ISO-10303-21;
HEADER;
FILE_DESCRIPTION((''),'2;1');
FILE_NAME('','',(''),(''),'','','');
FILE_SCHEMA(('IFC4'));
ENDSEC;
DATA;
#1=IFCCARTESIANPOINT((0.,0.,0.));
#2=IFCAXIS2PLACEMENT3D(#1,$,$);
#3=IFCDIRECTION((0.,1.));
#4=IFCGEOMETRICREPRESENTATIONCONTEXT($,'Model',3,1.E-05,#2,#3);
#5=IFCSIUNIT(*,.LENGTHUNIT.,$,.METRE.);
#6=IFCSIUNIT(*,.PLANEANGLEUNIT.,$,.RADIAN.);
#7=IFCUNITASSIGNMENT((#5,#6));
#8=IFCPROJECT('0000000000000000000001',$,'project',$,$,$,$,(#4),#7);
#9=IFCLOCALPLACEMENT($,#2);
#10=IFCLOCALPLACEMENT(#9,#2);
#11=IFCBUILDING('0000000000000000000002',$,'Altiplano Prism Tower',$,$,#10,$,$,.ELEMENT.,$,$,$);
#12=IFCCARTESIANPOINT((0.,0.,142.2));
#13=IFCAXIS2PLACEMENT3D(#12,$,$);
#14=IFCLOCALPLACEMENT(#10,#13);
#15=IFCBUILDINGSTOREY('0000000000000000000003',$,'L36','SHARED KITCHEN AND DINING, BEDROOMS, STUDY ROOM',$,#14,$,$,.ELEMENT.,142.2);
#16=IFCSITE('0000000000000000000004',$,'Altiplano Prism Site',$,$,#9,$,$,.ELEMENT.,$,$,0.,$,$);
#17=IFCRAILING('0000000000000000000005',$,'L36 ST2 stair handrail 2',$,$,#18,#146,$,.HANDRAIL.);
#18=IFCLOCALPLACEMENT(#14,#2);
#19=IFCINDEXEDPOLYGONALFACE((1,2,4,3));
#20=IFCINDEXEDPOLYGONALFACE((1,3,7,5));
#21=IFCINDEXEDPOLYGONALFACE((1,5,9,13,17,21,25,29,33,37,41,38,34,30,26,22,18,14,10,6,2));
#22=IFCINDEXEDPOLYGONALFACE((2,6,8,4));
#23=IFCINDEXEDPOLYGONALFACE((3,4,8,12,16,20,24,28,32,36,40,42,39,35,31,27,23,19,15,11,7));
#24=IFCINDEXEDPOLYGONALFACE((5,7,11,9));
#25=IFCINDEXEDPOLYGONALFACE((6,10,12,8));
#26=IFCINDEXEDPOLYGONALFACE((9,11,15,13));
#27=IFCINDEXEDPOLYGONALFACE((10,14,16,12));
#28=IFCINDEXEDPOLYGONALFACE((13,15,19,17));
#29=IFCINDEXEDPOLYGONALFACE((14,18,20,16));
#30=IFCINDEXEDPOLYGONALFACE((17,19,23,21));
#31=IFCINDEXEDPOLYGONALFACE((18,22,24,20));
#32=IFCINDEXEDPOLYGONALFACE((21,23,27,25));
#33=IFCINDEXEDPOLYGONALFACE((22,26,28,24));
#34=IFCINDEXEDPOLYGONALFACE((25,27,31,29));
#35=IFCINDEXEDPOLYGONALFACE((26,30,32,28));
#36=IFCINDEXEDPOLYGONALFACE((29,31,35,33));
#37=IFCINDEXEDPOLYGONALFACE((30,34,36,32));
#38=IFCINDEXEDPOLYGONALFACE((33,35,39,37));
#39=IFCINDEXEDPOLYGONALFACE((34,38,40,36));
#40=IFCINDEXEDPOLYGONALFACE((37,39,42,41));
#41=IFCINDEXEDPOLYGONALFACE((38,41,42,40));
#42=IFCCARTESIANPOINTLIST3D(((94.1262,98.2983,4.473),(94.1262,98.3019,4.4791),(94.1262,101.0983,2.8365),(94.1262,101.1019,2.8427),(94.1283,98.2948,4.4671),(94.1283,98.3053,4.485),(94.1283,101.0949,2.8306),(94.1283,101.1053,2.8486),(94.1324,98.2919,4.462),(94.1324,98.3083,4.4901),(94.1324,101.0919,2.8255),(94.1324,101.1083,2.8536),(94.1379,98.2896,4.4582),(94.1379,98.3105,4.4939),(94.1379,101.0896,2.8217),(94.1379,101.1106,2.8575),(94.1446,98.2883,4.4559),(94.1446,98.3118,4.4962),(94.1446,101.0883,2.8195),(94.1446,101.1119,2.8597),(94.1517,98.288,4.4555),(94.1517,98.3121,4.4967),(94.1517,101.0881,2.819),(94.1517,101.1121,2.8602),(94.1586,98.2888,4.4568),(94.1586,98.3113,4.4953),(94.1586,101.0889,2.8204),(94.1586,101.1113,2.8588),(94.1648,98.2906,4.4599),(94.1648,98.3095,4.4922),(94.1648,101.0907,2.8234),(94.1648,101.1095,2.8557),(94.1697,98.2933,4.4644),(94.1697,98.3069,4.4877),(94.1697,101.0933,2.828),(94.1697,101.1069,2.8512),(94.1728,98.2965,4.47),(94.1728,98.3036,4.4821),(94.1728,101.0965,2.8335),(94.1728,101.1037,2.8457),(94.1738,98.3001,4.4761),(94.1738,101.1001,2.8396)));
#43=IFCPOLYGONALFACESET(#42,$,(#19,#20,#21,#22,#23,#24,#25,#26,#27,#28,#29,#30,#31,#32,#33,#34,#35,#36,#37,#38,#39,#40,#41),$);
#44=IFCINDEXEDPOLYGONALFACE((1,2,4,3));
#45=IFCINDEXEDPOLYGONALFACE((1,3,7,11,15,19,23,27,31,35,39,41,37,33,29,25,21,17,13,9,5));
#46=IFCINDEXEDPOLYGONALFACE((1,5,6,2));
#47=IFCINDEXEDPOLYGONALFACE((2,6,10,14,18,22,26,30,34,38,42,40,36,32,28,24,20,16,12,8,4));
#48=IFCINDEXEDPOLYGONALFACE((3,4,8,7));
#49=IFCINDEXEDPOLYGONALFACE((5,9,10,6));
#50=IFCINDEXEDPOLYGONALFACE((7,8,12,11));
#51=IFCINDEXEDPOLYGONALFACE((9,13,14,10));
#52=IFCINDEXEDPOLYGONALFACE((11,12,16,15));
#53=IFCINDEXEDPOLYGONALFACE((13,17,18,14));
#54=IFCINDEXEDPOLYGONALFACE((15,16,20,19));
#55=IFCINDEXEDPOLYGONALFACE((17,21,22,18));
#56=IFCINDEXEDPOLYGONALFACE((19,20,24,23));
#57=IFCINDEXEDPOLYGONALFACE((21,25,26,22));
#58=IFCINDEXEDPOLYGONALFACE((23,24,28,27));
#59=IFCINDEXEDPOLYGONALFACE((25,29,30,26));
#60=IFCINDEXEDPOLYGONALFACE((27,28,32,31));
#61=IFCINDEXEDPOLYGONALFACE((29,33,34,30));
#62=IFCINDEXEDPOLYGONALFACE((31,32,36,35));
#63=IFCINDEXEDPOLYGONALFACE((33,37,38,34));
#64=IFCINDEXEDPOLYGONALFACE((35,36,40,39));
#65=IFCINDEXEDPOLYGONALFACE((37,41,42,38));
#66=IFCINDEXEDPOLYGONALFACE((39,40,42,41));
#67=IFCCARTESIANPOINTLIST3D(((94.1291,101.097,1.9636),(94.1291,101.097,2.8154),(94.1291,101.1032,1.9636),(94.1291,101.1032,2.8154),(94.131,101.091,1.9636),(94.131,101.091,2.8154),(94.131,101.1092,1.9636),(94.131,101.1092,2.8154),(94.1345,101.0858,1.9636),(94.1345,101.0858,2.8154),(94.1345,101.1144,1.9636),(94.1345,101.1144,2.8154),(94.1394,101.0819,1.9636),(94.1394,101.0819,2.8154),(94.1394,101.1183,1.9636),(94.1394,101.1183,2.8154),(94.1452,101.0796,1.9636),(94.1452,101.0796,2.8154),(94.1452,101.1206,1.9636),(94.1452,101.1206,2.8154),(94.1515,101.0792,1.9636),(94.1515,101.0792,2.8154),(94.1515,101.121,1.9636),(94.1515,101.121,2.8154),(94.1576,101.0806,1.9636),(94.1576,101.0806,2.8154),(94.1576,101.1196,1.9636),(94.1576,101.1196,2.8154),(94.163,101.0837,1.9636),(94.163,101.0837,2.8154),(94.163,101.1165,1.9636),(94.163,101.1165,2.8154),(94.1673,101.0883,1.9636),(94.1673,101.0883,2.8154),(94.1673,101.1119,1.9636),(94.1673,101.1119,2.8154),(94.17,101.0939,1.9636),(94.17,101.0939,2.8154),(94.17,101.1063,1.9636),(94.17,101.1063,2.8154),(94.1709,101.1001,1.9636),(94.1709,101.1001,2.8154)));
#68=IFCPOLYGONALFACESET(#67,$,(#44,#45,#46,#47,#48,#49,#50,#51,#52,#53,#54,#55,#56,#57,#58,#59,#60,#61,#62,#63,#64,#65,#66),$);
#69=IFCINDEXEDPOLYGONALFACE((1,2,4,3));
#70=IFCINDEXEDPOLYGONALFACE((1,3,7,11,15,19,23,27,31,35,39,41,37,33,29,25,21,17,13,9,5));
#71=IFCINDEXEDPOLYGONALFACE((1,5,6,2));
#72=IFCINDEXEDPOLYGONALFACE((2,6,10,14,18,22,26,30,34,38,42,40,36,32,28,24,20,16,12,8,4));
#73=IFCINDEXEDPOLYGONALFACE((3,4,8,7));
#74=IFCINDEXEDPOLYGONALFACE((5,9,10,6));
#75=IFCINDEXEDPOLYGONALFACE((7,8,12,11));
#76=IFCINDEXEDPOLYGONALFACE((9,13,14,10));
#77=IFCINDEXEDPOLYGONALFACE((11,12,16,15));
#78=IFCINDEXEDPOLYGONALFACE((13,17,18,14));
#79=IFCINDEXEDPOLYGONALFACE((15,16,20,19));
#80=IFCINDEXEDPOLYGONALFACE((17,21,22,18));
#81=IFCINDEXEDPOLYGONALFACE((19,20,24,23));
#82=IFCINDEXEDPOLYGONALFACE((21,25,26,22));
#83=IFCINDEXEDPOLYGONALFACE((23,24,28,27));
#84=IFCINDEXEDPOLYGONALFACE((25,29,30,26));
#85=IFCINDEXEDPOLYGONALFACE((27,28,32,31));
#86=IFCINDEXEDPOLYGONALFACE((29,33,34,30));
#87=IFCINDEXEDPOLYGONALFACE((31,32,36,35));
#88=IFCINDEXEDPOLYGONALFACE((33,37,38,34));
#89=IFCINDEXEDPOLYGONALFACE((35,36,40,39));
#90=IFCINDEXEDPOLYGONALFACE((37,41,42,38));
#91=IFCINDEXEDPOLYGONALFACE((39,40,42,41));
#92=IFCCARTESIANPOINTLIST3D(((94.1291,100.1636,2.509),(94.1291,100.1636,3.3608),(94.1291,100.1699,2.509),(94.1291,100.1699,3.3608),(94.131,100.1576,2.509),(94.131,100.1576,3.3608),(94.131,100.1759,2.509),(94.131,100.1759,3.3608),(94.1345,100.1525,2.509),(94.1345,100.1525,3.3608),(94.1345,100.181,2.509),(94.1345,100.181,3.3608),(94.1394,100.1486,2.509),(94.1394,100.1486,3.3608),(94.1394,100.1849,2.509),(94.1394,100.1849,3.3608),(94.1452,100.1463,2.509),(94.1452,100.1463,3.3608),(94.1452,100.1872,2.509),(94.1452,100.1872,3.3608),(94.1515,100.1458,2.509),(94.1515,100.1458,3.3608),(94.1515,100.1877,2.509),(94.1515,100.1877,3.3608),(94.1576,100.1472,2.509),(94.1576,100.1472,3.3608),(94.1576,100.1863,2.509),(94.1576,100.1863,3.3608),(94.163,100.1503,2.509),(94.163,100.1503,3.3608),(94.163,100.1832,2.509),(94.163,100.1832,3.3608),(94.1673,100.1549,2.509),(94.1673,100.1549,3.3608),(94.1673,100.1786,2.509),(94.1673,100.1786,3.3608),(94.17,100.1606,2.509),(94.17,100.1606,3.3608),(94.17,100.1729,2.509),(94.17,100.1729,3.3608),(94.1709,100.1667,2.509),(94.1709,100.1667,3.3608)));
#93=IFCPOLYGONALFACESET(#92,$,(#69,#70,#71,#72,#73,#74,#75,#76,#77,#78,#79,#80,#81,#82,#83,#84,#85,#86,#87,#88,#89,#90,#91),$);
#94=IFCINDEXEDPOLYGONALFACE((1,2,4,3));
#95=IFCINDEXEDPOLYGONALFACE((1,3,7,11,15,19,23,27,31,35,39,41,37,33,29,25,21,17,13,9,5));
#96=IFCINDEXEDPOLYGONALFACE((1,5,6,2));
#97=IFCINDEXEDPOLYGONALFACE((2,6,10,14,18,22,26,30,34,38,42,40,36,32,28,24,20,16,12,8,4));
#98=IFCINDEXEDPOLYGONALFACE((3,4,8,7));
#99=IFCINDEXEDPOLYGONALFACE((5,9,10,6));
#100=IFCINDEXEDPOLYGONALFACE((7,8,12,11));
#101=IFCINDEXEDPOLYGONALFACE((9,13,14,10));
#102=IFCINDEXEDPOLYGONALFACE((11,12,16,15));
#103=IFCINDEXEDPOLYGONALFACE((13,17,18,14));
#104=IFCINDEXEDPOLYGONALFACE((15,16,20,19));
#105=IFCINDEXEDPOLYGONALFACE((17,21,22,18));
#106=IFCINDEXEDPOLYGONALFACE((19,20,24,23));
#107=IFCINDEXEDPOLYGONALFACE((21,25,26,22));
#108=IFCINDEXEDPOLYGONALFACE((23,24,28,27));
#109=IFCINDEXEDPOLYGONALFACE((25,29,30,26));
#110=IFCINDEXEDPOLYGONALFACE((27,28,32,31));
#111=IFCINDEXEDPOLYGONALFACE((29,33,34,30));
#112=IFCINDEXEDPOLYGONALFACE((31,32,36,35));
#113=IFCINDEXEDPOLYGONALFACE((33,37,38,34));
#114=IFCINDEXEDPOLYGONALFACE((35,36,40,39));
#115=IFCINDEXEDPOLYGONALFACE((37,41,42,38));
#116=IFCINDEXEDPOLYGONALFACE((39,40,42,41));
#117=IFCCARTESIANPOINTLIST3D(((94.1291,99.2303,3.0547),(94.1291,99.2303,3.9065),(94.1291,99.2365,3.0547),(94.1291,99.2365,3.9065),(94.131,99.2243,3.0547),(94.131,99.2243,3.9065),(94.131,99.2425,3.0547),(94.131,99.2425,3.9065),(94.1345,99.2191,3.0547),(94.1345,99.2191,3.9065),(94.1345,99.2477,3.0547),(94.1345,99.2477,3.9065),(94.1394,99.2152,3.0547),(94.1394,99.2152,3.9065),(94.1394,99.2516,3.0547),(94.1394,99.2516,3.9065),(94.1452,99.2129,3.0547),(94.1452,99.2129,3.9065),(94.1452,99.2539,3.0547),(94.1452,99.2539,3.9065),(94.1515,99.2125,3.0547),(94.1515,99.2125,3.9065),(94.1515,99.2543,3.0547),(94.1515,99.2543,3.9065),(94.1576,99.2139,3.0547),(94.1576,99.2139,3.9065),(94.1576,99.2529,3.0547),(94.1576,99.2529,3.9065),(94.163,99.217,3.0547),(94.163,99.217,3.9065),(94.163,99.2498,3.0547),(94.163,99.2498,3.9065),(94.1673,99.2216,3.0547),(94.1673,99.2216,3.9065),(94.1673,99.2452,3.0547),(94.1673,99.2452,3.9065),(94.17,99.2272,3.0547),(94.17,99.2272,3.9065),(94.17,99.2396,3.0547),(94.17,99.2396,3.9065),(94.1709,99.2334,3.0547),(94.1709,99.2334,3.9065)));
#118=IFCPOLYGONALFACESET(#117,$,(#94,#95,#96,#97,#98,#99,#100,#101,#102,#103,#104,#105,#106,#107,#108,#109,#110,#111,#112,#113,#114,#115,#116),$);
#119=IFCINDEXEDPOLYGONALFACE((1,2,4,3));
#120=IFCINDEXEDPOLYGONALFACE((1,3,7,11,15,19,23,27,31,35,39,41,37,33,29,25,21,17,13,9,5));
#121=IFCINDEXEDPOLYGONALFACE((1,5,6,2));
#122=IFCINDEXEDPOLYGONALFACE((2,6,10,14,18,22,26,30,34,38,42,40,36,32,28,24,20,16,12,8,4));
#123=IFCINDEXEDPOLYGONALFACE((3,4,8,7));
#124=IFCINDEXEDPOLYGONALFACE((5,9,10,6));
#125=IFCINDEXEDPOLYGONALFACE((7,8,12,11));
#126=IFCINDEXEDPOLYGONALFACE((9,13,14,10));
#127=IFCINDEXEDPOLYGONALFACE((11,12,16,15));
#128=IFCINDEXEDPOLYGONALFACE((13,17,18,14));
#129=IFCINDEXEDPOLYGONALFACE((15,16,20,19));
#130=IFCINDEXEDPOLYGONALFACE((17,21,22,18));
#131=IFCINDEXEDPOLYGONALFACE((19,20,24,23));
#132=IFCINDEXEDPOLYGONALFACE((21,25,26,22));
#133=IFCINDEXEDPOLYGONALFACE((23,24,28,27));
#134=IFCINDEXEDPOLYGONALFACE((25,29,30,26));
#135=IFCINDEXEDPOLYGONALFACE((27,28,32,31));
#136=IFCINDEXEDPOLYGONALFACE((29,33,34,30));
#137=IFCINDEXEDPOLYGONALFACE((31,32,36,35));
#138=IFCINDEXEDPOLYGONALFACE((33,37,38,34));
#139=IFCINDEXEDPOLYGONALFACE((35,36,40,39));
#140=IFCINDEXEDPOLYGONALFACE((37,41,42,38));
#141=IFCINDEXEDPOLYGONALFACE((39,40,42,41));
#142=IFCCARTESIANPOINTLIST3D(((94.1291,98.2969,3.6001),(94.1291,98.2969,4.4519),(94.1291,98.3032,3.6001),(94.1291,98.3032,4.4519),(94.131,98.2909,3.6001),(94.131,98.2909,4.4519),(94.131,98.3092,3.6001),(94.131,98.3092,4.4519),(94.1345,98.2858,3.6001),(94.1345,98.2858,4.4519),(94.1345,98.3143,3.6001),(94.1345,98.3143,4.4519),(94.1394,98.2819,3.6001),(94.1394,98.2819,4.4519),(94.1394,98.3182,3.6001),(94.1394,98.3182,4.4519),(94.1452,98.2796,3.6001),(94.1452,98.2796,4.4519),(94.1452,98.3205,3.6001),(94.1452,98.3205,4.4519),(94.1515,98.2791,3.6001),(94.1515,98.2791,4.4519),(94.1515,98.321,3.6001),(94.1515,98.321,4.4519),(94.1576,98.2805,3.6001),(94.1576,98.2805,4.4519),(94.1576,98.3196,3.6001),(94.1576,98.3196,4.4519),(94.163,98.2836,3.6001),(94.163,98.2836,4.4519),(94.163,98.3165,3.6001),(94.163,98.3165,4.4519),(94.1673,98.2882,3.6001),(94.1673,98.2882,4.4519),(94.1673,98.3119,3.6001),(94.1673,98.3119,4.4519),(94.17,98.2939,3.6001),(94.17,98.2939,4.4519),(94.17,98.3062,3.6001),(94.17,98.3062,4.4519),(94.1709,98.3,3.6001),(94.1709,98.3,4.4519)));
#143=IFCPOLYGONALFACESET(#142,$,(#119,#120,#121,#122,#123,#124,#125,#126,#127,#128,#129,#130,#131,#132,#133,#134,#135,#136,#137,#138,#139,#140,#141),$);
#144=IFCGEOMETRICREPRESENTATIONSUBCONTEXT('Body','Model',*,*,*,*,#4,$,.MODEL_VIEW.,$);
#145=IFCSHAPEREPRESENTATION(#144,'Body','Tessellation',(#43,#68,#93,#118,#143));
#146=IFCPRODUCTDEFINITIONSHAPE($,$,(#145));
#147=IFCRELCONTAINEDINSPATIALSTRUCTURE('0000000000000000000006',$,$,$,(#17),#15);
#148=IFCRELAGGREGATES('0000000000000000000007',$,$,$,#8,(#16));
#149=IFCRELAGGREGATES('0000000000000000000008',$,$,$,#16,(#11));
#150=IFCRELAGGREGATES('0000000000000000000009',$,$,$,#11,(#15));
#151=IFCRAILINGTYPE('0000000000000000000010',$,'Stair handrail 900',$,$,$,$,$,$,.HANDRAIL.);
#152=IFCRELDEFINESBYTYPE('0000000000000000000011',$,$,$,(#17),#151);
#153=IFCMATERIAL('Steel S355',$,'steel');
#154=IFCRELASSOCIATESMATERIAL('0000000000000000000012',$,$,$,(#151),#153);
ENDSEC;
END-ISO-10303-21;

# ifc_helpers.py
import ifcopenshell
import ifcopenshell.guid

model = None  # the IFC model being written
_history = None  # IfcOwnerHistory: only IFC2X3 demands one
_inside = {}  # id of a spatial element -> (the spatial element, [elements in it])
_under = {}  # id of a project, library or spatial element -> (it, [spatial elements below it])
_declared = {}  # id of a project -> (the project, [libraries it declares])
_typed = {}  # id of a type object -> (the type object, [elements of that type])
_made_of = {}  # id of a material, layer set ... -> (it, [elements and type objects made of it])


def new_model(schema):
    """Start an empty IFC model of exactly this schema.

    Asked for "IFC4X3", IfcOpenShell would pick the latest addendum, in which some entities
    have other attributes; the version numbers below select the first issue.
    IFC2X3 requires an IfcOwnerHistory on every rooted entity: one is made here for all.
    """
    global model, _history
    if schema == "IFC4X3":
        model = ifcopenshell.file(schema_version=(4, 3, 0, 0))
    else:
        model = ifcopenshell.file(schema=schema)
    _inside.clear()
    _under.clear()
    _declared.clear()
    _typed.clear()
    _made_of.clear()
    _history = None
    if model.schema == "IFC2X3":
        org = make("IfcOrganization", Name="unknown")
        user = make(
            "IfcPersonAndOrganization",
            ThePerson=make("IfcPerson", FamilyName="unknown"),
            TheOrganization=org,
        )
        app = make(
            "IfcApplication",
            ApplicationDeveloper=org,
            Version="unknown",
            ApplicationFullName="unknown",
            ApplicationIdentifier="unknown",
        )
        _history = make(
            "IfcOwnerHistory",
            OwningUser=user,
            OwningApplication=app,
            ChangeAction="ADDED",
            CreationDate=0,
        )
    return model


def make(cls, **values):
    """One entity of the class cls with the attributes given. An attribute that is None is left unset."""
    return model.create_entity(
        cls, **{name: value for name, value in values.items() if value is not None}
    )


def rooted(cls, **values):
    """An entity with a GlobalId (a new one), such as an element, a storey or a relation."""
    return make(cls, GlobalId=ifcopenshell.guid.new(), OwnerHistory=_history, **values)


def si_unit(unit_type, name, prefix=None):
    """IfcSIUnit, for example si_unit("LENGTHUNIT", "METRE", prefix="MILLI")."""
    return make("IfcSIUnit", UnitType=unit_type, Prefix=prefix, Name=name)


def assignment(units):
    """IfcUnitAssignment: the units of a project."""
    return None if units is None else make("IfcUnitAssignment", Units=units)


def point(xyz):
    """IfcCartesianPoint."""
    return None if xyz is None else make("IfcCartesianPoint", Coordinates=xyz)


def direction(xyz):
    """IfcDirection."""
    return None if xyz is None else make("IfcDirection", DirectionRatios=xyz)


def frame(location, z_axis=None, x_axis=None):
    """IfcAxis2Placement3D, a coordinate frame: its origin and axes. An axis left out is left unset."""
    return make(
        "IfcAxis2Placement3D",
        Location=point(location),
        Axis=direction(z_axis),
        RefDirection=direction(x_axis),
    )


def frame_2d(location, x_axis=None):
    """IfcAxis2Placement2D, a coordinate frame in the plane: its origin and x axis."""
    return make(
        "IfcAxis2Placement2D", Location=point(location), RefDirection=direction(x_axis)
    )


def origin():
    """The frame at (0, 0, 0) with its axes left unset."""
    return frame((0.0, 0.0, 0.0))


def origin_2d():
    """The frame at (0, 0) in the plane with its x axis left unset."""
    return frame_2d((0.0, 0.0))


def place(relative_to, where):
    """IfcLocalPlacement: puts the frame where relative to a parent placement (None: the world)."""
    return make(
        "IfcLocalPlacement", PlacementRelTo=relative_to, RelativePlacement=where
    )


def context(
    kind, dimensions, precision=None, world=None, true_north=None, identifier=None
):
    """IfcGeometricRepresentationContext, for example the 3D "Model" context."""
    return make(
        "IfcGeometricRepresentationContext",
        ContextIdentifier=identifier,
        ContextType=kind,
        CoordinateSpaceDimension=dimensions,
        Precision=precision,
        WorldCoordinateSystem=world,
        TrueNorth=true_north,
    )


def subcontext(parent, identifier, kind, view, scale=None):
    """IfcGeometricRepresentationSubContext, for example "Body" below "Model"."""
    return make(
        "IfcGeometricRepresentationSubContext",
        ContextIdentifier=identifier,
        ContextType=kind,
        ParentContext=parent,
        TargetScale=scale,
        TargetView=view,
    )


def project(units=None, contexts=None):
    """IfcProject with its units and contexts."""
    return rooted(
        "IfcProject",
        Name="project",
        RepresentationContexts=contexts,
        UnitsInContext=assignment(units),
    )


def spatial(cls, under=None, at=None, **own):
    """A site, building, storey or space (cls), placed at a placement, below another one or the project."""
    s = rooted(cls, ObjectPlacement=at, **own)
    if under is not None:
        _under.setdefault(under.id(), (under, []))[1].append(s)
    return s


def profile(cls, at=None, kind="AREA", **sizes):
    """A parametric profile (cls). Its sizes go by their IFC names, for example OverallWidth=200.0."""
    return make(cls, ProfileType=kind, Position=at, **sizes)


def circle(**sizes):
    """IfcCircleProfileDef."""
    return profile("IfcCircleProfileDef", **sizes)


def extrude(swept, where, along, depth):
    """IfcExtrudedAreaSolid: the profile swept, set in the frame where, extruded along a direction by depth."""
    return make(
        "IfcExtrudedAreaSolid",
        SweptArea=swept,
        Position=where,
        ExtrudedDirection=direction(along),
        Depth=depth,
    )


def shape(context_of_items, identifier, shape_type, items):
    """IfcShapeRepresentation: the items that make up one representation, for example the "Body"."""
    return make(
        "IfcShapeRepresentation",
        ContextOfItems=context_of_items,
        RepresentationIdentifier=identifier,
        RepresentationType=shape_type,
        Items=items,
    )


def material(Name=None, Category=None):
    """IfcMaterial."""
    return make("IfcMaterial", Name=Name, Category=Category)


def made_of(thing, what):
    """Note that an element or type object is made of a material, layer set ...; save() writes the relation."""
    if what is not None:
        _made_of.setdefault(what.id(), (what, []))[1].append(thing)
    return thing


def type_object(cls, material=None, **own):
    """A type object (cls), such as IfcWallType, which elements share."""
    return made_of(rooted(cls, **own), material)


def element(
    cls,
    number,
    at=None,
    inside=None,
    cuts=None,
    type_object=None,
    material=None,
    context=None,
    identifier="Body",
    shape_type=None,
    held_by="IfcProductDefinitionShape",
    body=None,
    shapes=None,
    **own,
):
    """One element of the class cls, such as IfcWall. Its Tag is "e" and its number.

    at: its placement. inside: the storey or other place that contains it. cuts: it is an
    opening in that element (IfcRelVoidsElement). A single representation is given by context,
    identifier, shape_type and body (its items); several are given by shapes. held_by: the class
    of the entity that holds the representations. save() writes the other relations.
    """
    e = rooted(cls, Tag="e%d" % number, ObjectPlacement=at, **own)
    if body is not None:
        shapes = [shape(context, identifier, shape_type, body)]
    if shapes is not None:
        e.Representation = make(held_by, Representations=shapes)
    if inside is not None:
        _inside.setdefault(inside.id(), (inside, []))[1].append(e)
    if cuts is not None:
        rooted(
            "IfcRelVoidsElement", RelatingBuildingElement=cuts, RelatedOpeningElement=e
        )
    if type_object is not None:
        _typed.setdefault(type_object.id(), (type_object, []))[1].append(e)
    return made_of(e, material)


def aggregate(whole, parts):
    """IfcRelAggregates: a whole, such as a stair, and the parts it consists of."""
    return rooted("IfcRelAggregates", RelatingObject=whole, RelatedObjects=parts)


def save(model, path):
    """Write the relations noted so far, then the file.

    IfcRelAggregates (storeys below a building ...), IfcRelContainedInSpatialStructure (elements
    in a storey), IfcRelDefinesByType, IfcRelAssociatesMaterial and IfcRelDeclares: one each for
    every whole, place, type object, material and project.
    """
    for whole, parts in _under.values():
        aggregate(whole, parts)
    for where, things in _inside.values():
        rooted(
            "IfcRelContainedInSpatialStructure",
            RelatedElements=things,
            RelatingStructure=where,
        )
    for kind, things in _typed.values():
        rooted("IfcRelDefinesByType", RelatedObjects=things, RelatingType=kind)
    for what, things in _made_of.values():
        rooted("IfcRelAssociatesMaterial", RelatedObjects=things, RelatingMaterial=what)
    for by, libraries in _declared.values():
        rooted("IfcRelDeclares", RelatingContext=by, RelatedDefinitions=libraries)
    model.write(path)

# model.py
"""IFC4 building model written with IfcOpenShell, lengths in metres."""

from ifc_helpers import new_model, si_unit, direction, frame, origin, origin_2d, place, context, subcontext, project, spatial, circle, extrude, material, type_object, element, save


model = new_model("IFC4")

# Units and contexts
model_context = context("Model", 3, precision=1e-05, world=origin(), true_north=direction((0.0, 1.0)))
body_context = subcontext(model_context, "Body", "Model", "MODEL_VIEW")
ifc_project = project(units=[si_unit("LENGTHUNIT", "METRE"), si_unit("PLANEANGLEUNIT", "RADIAN")], contexts=[model_context])

# Site, building, storey
site_placement = place(None, origin())
site = spatial("IfcSite", under=ifc_project, at=site_placement, Name="Altiplano Prism Site", CompositionType="ELEMENT", RefElevation=0.0)
building_placement = place(site_placement, origin())
building = spatial("IfcBuilding", under=site, at=building_placement, Name="Altiplano Prism Tower", CompositionType="ELEMENT")
storey_placement = place(building_placement, frame((0.0, 0.0, 142.2)))
storey = spatial("IfcBuildingStorey", under=building, at=storey_placement, Name="L36", Description="SHARED KITCHEN AND DINING, BEDROOMS, STUDY ROOM", CompositionType="ELEMENT", Elevation=142.2)

# Railing
ifc_material_1 = material(Name="Steel S355", Category="steel")
railing_type_1 = type_object("IfcRailingType", Name="Stair handrail 900", PredefinedType="HANDRAIL", material=ifc_material_1)
railing_1_placement = place(storey_placement, frame((94.1499, 101.1001, 1.9636)))
element("IfcRailing", 1, at=railing_1_placement, inside=storey, type_object=railing_type_1, Name="L36 ST2 stair handrail 2", PredefinedType="HANDRAIL", context=body_context, shape_type="SweptSolid", body=[
    extrude(circle(Radius=0.0239, at=origin_2d()), frame((0.0, 0.0, 0.876), z_axis=(0.0, -0.863361, 0.504587), x_axis=(1.0, 0.0, 0.0)), (0.0, 0.0, 1.0), 3.2432),
    extrude(circle(Radius=0.021, at=origin_2d()), origin(), (0.0, 0.0, 1.0), 0.8518),
    extrude(circle(Radius=0.021, at=origin_2d()), frame((0.0, -0.9333, 0.5454)), (0.0, 0.0, 1.0), 0.8518),
    extrude(circle(Radius=0.021, at=origin_2d()), frame((0.0, -1.8667, 1.0911)), (0.0, 0.0, 1.0), 0.8518),
    extrude(circle(Radius=0.021, at=origin_2d()), frame((0.0, -2.8, 1.6365)), (0.0, 0.0, 1.0), 0.8518),
])

save(model, "model.ifc")
